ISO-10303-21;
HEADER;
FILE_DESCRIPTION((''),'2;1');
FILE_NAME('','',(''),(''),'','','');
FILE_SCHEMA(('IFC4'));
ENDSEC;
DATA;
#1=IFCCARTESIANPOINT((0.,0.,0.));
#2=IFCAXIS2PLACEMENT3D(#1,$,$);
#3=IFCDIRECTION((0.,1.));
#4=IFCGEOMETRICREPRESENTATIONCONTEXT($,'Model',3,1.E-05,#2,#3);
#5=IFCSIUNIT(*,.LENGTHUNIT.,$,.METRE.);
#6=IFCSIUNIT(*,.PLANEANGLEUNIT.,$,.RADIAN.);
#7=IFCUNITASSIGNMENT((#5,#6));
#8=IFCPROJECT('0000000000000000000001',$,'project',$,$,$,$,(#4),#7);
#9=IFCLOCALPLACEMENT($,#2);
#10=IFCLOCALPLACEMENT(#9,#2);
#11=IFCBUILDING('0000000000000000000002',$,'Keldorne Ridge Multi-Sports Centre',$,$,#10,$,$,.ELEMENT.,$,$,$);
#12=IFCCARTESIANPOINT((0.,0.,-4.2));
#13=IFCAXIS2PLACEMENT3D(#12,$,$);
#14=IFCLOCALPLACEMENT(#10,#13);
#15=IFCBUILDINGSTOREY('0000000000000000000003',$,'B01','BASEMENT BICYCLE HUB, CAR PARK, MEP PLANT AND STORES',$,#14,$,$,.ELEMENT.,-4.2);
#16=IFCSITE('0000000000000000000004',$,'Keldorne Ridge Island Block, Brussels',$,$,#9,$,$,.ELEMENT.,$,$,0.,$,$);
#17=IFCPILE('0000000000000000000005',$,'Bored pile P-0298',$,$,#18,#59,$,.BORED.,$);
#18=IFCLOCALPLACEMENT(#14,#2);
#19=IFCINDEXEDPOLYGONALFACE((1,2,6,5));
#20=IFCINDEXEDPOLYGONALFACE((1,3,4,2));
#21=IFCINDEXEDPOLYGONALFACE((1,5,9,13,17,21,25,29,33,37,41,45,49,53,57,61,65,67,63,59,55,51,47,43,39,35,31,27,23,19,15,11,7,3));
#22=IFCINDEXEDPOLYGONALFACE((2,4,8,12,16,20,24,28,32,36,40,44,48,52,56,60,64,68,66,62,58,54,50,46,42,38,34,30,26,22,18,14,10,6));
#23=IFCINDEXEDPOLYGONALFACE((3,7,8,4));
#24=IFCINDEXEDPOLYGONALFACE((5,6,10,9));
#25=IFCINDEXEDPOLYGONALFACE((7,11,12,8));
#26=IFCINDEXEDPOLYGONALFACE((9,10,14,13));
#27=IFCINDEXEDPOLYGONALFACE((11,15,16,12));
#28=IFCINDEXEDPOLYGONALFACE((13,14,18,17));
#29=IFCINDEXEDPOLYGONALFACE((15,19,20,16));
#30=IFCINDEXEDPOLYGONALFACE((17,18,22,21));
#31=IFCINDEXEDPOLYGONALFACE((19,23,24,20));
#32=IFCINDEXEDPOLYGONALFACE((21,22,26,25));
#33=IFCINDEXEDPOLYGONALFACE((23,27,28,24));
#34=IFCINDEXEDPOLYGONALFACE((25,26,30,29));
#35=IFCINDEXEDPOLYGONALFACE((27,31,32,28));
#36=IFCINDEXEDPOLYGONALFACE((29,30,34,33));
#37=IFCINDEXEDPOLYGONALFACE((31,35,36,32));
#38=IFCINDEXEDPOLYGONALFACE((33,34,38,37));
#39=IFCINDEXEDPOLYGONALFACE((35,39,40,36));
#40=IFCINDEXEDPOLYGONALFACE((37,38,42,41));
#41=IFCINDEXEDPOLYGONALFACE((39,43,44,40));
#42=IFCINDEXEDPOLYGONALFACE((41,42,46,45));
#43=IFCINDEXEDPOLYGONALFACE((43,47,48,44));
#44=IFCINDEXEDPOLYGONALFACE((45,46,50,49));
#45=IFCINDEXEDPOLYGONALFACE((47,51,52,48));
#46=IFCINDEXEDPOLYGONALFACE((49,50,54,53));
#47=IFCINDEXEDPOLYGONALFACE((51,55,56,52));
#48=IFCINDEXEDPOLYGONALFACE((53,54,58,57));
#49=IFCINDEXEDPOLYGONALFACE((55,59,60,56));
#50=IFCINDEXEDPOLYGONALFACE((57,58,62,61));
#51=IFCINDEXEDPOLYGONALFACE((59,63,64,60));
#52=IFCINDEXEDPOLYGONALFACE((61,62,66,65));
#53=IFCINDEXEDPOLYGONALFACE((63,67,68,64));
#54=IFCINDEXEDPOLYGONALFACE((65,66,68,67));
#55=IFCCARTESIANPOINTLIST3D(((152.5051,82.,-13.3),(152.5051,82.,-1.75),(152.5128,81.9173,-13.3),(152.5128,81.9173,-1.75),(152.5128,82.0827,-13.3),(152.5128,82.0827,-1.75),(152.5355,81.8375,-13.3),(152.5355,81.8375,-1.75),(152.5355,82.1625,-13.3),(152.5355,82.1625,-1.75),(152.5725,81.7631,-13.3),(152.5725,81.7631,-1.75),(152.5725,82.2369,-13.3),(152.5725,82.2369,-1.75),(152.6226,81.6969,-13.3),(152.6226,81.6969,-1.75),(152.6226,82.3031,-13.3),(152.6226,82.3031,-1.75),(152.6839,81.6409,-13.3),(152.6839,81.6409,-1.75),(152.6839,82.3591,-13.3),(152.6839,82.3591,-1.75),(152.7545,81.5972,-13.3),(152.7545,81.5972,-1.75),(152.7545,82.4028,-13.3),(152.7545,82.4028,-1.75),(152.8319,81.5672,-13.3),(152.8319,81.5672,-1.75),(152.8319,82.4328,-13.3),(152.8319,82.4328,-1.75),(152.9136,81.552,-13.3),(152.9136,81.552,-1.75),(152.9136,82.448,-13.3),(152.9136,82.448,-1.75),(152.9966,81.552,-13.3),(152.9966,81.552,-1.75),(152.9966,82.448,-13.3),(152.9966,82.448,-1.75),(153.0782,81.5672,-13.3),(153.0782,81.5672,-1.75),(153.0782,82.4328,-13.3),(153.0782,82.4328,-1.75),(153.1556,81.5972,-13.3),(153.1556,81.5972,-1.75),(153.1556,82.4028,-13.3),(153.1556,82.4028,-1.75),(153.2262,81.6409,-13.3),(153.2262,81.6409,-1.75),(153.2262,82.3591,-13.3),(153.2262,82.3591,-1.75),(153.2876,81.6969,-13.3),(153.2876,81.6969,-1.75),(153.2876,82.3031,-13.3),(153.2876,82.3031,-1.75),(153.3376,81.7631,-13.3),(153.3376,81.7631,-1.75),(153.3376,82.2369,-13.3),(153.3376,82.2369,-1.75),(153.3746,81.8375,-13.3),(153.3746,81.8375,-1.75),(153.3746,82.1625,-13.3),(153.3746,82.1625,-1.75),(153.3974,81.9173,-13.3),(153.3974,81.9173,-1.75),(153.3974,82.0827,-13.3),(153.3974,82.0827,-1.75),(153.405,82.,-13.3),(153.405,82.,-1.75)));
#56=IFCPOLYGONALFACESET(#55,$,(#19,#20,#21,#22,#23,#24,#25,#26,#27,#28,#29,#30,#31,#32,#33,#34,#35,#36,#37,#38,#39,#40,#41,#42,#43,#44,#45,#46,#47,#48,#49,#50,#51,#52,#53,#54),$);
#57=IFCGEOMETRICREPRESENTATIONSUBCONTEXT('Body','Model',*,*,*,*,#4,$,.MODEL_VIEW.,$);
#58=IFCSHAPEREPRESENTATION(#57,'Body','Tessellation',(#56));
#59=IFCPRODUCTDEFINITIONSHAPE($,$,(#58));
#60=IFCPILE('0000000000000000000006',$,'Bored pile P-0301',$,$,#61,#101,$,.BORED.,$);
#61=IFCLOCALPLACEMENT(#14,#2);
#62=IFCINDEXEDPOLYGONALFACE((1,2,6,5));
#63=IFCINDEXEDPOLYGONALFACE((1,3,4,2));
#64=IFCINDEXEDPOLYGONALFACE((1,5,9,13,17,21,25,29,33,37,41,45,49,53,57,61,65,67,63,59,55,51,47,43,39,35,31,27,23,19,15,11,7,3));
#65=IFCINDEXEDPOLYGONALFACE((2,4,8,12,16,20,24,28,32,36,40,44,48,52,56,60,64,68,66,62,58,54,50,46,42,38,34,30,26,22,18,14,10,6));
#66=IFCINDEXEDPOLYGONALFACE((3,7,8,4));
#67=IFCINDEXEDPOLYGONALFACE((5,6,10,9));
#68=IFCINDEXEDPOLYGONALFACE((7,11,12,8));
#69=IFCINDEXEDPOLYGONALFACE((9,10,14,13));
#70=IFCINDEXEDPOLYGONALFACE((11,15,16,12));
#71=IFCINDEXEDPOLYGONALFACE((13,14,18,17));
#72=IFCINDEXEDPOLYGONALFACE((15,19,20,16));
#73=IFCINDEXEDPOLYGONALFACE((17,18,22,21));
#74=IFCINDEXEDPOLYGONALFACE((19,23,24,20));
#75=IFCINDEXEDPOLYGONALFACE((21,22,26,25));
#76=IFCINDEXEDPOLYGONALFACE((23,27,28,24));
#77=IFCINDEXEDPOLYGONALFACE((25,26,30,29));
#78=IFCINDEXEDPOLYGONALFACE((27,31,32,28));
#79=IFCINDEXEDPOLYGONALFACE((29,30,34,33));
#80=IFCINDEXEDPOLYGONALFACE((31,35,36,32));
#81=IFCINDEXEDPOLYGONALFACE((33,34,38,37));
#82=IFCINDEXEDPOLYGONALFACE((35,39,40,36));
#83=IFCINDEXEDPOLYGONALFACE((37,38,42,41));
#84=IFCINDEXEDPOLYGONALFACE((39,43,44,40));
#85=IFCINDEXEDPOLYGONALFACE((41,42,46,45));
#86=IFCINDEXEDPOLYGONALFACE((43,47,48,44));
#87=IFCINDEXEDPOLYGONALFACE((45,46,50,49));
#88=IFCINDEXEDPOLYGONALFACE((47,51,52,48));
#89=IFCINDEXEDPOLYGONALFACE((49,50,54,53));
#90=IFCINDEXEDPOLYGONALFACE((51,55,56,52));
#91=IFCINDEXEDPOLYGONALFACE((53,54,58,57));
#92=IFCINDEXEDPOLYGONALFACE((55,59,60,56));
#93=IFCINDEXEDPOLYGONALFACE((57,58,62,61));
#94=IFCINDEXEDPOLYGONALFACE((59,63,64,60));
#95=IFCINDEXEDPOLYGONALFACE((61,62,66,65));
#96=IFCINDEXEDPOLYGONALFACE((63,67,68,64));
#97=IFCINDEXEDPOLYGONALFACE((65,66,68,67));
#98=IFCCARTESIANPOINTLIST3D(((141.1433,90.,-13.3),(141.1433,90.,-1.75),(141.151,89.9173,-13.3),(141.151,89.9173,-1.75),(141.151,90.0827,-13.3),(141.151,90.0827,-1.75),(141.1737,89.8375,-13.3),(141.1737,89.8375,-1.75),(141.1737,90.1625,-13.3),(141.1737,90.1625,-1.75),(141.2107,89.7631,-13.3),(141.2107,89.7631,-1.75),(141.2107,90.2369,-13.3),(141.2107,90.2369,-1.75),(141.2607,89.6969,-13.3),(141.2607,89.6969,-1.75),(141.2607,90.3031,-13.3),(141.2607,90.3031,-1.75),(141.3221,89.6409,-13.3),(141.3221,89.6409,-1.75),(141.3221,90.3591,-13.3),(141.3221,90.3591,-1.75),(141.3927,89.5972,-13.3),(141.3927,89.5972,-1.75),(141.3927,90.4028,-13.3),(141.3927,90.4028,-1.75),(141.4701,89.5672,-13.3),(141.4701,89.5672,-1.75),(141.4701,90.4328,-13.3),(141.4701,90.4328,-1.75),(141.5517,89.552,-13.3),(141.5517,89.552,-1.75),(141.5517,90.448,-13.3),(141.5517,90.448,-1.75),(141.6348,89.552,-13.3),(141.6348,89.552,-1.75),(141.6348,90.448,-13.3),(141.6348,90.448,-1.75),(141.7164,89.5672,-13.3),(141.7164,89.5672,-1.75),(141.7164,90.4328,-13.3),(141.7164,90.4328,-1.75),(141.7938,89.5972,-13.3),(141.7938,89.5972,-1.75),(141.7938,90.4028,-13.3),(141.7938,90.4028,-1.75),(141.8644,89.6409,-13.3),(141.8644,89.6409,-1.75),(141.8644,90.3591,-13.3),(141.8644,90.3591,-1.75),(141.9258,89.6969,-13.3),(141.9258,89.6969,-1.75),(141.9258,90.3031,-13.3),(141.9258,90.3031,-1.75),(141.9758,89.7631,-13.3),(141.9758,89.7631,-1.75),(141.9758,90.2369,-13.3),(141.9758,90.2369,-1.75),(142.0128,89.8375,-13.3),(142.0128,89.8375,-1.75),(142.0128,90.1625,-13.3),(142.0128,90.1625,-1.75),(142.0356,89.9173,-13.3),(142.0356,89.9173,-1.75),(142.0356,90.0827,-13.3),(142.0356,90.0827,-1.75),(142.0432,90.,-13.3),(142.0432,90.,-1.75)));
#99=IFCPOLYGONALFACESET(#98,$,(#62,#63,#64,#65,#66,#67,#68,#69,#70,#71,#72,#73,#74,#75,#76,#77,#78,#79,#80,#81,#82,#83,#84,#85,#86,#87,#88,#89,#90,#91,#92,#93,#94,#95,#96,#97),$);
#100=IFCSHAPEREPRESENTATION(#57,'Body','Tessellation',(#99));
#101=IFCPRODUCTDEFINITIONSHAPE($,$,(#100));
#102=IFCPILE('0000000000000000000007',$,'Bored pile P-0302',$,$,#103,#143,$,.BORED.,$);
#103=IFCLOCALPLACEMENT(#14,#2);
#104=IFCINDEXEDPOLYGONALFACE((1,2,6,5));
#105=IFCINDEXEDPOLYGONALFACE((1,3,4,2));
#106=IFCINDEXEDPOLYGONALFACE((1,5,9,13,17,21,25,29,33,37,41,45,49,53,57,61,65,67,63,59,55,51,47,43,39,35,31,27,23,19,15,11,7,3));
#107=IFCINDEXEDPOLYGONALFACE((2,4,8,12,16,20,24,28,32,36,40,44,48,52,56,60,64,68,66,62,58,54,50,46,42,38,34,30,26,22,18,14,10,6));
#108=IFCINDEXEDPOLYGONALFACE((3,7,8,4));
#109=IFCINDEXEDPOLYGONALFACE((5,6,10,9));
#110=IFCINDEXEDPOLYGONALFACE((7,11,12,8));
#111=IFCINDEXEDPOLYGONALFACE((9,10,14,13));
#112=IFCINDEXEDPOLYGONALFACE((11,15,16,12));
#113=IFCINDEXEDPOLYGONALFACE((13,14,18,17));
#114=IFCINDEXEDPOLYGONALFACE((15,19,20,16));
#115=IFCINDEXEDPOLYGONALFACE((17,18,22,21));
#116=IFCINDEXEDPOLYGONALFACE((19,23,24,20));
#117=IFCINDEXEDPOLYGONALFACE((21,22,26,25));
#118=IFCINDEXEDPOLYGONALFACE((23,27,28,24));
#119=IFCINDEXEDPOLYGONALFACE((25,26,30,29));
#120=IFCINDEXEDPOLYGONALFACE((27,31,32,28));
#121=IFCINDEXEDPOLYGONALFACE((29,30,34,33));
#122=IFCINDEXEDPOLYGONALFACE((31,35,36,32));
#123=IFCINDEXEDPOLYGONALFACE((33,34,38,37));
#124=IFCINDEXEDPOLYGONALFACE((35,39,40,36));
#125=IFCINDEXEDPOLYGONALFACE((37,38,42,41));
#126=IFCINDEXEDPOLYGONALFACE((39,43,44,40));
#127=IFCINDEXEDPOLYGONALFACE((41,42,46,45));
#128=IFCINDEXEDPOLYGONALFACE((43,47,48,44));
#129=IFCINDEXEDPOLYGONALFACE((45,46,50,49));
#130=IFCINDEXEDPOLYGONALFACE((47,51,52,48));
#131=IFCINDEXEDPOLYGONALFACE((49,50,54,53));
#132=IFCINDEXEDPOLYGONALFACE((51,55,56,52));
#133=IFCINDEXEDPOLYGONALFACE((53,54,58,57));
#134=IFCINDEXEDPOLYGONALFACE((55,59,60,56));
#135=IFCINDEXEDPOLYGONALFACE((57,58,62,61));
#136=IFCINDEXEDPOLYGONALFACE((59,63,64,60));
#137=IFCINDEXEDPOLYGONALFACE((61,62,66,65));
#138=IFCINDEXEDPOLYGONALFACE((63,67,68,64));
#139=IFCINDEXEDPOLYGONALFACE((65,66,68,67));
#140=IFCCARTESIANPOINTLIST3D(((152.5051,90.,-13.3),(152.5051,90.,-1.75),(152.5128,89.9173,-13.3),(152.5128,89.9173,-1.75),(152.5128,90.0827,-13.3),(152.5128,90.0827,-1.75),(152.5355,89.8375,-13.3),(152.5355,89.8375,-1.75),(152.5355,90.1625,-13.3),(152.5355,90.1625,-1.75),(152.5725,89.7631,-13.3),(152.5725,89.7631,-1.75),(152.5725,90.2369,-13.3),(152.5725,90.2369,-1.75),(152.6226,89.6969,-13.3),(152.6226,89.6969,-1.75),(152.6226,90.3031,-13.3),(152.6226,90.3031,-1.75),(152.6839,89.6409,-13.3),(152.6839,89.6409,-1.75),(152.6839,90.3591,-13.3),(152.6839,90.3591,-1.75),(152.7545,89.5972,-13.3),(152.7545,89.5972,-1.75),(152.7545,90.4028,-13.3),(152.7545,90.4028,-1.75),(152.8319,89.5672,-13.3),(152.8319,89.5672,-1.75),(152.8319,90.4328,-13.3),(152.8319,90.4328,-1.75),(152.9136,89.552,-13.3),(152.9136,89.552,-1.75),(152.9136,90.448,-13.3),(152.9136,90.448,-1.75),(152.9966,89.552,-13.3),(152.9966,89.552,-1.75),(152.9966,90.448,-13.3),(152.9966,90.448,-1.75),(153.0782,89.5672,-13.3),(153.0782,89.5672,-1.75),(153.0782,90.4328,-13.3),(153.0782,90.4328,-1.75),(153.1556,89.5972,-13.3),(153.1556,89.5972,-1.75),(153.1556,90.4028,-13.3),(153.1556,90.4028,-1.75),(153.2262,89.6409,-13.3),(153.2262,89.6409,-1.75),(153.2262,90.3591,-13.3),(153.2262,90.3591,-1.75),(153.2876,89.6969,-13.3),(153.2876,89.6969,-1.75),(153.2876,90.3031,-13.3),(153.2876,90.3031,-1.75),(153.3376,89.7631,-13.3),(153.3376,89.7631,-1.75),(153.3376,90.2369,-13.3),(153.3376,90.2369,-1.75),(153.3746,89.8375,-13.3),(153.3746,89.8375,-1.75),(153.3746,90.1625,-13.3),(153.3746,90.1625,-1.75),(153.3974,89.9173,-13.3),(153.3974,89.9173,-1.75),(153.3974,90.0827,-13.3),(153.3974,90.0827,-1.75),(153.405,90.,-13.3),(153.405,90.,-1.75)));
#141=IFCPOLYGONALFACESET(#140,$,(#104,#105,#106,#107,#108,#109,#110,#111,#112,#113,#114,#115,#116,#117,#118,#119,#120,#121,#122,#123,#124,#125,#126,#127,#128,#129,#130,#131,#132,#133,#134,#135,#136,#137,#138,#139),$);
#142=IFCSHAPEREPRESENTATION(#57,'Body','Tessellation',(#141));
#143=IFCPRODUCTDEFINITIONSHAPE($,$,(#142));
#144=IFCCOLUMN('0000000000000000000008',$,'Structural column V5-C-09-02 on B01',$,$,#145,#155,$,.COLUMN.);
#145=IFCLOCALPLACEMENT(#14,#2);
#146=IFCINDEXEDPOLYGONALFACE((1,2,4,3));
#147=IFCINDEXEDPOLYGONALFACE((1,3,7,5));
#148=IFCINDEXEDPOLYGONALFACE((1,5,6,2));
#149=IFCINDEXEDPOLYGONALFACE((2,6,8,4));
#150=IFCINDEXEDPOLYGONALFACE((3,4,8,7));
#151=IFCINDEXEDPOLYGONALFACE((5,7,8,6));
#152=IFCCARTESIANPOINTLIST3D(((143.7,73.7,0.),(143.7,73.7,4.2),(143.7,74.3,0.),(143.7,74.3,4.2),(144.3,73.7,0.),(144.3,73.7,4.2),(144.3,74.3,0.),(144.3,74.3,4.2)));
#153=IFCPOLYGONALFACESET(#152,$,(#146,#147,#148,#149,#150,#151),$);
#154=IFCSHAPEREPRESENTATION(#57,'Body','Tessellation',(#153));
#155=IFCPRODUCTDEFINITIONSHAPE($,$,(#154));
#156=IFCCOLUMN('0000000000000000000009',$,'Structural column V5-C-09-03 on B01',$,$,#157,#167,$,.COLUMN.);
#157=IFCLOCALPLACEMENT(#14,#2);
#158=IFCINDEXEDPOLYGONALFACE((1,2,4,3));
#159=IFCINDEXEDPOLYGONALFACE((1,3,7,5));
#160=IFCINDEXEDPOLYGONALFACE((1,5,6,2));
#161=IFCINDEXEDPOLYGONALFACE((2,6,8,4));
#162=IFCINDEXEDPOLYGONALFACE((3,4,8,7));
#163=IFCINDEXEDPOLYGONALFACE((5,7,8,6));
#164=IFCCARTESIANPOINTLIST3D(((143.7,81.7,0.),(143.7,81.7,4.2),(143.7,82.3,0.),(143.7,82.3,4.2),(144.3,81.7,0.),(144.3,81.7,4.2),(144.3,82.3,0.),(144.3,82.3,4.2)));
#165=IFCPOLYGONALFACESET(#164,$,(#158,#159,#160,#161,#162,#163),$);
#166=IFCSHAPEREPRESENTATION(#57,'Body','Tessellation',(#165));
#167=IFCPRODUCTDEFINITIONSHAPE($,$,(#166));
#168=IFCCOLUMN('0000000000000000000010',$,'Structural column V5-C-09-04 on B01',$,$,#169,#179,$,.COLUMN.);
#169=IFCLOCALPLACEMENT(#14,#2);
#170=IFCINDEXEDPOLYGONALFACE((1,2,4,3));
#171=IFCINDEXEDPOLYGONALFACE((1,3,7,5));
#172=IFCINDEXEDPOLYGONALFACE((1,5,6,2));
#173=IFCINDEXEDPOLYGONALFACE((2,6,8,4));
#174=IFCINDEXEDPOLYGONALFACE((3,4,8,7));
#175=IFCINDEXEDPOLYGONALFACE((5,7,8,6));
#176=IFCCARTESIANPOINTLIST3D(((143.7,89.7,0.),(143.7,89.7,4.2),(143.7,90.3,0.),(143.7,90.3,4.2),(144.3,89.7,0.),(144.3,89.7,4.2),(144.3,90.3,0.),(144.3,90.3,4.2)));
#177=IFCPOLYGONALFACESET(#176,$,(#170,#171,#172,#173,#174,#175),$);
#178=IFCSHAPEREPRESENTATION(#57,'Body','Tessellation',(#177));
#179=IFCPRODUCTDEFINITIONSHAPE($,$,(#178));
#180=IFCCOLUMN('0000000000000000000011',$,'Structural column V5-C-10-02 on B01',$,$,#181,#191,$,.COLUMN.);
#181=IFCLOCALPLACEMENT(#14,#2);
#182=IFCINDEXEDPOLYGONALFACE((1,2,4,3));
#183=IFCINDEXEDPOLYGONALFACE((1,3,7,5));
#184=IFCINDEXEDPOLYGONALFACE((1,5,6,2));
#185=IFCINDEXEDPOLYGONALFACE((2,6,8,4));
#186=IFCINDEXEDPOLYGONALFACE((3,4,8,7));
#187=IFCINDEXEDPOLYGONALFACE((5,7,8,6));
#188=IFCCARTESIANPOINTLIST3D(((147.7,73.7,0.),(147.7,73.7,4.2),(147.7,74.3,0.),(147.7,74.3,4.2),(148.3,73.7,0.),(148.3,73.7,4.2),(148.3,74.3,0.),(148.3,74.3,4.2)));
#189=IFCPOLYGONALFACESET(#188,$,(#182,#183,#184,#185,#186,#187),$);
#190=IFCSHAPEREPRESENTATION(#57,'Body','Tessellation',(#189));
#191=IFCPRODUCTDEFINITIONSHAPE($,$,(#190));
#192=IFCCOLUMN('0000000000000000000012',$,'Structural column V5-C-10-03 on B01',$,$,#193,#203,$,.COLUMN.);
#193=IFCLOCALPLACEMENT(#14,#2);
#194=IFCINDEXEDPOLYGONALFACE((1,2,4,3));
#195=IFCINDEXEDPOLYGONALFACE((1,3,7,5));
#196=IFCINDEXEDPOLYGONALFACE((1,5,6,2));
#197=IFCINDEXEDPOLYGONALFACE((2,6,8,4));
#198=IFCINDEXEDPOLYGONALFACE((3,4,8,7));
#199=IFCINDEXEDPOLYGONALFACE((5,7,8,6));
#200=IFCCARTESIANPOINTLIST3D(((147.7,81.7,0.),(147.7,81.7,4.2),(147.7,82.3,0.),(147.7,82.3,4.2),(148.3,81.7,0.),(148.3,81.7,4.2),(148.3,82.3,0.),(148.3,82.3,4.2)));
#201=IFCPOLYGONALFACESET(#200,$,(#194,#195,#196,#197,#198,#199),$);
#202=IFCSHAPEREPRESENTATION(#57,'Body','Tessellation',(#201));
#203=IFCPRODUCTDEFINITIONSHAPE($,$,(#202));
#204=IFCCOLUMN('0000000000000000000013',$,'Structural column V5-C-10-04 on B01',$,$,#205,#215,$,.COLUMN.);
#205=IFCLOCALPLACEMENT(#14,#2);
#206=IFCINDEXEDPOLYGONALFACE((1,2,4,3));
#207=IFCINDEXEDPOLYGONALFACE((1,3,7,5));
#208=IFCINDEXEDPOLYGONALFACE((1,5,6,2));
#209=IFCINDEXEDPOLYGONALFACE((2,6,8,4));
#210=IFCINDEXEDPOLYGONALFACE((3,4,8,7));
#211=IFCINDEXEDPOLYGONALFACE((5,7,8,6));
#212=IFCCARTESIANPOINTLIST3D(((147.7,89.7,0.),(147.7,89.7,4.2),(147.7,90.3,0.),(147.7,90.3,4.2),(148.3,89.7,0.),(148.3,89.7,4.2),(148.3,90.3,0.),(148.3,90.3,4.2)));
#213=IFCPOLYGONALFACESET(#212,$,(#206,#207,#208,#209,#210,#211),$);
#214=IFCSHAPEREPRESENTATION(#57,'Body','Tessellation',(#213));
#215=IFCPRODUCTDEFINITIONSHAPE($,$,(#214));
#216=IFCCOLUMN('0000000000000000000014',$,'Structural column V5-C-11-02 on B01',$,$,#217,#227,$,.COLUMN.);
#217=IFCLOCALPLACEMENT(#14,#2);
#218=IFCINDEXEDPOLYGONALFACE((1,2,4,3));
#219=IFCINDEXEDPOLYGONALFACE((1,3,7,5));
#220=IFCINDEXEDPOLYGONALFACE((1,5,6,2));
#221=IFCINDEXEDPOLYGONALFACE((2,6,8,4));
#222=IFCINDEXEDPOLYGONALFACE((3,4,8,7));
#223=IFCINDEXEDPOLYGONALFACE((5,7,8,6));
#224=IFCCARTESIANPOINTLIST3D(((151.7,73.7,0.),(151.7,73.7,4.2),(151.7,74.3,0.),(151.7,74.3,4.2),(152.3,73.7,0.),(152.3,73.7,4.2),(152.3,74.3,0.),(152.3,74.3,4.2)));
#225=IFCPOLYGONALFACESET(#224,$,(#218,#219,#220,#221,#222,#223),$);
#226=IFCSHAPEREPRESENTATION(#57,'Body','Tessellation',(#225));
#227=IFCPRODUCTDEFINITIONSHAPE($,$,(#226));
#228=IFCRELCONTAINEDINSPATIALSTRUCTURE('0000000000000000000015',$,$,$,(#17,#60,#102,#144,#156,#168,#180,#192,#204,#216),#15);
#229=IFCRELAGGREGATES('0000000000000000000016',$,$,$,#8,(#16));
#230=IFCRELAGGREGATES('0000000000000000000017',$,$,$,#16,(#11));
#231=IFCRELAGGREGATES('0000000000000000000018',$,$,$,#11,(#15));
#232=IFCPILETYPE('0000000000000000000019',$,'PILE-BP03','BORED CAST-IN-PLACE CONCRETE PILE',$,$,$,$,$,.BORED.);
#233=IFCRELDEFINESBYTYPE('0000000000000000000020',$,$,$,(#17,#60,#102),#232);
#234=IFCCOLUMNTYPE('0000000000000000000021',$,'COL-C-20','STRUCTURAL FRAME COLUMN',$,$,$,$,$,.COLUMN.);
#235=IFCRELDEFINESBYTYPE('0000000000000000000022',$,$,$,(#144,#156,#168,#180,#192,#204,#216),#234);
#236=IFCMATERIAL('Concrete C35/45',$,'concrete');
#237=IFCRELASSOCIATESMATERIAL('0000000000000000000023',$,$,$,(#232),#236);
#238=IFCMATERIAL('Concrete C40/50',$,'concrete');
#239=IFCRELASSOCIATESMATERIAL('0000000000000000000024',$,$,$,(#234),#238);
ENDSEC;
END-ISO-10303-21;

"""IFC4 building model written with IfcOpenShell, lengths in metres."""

from ifc_helpers import new_model, si_unit, direction, frame, origin, origin_2d, place, context, subcontext, project, spatial, rectangle, circle, extrude, material, material_profile, profile_set, type_object, element, save


model = new_model("IFC4")

# Units and contexts
model_context = context("Model", 3, precision=1e-05, world=origin(), true_north=direction((0.0, 1.0)))
body_context = subcontext(model_context, "Body", "Model", "MODEL_VIEW")
ifc_project = project(units=[si_unit("LENGTHUNIT", "METRE"), si_unit("PLANEANGLEUNIT", "RADIAN")], contexts=[model_context])

# Site, building, storey
site_placement = place(None, origin())
site = spatial("IfcSite", under=ifc_project, at=site_placement, Name="Keldorne Ridge Island Block, Brussels", CompositionType="ELEMENT", RefElevation=0.0)
building_placement = place(site_placement, origin())
building = spatial("IfcBuilding", under=site, at=building_placement, Name="Keldorne Ridge Multi-Sports Centre", CompositionType="ELEMENT")
storey_placement = place(building_placement, frame((0.0, 0.0, -4.2)))
storey = spatial("IfcBuildingStorey", under=building, at=storey_placement, Name="B01", Description="BASEMENT BICYCLE HUB, CAR PARK, MEP PLANT AND STORES", CompositionType="ELEMENT", Elevation=-4.2)

# Shared definitions
ifc_material_1 = material(Name="Concrete C35/45", Category="concrete")

# Piles
ifc_material_profile_1 = material_profile(ifc_material_1, circle(Radius=0.45, at=origin_2d()), Name="BORED PILE D900")
ifc_profile_set_1 = profile_set([ifc_material_profile_1], Name="Concrete C35/45")
pile_type_1 = type_object("IfcPileType", Name="PILE-BP03", Description="BORED CAST-IN-PLACE CONCRETE PILE", PredefinedType="BORED", material=ifc_profile_set_1)
for number, where, z_axis, x_axis, name in (
    (1, (152.9551, 82.0, -1.75), (0.0, 0.0, -1.0), (1.0, 0.0, 0.0), "Bored pile P-0298"),
    (2, (141.5933, 90.0, -1.75), (0.0, 0.0, -1.0), (1.0, 0.0, 0.0), "Bored pile P-0301"),
    (3, (152.9551, 90.0, -1.75), (0.0, 0.0, -1.0), (1.0, 0.0, 0.0), "Bored pile P-0302"),
):
    element("IfcPile", number, at=place(storey_placement, frame(where, z_axis=z_axis, x_axis=x_axis)), inside=storey, type_object=pile_type_1, Name=name, PredefinedType="BORED", context=body_context, shape_type="SweptSolid", body=[
        extrude(circle(Radius=0.45, at=origin_2d()), origin(), (0.0, 0.0, 1.0), 11.55),
    ])

# Columns
ifc_material_2 = material(Name="Concrete C40/50", Category="concrete")
ifc_material_profile_2 = material_profile(ifc_material_2, rectangle(XDim=0.6001, YDim=0.6001, at=origin_2d()), Name="RC 600x600")
ifc_profile_set_2 = profile_set([ifc_material_profile_2], Name="Concrete C40/50")
column_type_1 = type_object("IfcColumnType", Name="COL-C-20", Description="STRUCTURAL FRAME COLUMN", PredefinedType="COLUMN", material=ifc_profile_set_2)
for number, where, z_axis, x_axis, name in (
    (4, (144.0, 74.0, 0.0), (0.0, 0.0, 1.0), (1.0, 0.0, 0.0), "Structural column V5-C-09-02 on B01"),
    (5, (144.0, 82.0, 0.0), (0.0, 0.0, 1.0), (1.0, 0.0, 0.0), "Structural column V5-C-09-03 on B01"),
    (6, (144.0, 90.0, 0.0), (0.0, 0.0, 1.0), (1.0, 0.0, 0.0), "Structural column V5-C-09-04 on B01"),
    (7, (148.0, 74.0, 0.0), (0.0, 0.0, 1.0), (1.0, 0.0, 0.0), "Structural column V5-C-10-02 on B01"),
    (8, (148.0, 82.0, 0.0), (0.0, 0.0, 1.0), (1.0, 0.0, 0.0), "Structural column V5-C-10-03 on B01"),
    (9, (148.0, 90.0, 0.0), (0.0, 0.0, 1.0), (1.0, 0.0, 0.0), "Structural column V5-C-10-04 on B01"),
    (10, (152.0, 74.0, 0.0), (0.0, 0.0, 1.0), (1.0, 0.0, 0.0), "Structural column V5-C-11-02 on B01"),
):
    element("IfcColumn", number, at=place(storey_placement, frame(where, z_axis=z_axis, x_axis=x_axis)), inside=storey, type_object=column_type_1, Name=name, PredefinedType="COLUMN", context=body_context, shape_type="SweptSolid", body=[
        extrude(rectangle(XDim=0.6001, YDim=0.6001, at=origin_2d()), origin(), (0.0, 0.0, 1.0), 4.2),
    ])

save(model, "model.ifc")
